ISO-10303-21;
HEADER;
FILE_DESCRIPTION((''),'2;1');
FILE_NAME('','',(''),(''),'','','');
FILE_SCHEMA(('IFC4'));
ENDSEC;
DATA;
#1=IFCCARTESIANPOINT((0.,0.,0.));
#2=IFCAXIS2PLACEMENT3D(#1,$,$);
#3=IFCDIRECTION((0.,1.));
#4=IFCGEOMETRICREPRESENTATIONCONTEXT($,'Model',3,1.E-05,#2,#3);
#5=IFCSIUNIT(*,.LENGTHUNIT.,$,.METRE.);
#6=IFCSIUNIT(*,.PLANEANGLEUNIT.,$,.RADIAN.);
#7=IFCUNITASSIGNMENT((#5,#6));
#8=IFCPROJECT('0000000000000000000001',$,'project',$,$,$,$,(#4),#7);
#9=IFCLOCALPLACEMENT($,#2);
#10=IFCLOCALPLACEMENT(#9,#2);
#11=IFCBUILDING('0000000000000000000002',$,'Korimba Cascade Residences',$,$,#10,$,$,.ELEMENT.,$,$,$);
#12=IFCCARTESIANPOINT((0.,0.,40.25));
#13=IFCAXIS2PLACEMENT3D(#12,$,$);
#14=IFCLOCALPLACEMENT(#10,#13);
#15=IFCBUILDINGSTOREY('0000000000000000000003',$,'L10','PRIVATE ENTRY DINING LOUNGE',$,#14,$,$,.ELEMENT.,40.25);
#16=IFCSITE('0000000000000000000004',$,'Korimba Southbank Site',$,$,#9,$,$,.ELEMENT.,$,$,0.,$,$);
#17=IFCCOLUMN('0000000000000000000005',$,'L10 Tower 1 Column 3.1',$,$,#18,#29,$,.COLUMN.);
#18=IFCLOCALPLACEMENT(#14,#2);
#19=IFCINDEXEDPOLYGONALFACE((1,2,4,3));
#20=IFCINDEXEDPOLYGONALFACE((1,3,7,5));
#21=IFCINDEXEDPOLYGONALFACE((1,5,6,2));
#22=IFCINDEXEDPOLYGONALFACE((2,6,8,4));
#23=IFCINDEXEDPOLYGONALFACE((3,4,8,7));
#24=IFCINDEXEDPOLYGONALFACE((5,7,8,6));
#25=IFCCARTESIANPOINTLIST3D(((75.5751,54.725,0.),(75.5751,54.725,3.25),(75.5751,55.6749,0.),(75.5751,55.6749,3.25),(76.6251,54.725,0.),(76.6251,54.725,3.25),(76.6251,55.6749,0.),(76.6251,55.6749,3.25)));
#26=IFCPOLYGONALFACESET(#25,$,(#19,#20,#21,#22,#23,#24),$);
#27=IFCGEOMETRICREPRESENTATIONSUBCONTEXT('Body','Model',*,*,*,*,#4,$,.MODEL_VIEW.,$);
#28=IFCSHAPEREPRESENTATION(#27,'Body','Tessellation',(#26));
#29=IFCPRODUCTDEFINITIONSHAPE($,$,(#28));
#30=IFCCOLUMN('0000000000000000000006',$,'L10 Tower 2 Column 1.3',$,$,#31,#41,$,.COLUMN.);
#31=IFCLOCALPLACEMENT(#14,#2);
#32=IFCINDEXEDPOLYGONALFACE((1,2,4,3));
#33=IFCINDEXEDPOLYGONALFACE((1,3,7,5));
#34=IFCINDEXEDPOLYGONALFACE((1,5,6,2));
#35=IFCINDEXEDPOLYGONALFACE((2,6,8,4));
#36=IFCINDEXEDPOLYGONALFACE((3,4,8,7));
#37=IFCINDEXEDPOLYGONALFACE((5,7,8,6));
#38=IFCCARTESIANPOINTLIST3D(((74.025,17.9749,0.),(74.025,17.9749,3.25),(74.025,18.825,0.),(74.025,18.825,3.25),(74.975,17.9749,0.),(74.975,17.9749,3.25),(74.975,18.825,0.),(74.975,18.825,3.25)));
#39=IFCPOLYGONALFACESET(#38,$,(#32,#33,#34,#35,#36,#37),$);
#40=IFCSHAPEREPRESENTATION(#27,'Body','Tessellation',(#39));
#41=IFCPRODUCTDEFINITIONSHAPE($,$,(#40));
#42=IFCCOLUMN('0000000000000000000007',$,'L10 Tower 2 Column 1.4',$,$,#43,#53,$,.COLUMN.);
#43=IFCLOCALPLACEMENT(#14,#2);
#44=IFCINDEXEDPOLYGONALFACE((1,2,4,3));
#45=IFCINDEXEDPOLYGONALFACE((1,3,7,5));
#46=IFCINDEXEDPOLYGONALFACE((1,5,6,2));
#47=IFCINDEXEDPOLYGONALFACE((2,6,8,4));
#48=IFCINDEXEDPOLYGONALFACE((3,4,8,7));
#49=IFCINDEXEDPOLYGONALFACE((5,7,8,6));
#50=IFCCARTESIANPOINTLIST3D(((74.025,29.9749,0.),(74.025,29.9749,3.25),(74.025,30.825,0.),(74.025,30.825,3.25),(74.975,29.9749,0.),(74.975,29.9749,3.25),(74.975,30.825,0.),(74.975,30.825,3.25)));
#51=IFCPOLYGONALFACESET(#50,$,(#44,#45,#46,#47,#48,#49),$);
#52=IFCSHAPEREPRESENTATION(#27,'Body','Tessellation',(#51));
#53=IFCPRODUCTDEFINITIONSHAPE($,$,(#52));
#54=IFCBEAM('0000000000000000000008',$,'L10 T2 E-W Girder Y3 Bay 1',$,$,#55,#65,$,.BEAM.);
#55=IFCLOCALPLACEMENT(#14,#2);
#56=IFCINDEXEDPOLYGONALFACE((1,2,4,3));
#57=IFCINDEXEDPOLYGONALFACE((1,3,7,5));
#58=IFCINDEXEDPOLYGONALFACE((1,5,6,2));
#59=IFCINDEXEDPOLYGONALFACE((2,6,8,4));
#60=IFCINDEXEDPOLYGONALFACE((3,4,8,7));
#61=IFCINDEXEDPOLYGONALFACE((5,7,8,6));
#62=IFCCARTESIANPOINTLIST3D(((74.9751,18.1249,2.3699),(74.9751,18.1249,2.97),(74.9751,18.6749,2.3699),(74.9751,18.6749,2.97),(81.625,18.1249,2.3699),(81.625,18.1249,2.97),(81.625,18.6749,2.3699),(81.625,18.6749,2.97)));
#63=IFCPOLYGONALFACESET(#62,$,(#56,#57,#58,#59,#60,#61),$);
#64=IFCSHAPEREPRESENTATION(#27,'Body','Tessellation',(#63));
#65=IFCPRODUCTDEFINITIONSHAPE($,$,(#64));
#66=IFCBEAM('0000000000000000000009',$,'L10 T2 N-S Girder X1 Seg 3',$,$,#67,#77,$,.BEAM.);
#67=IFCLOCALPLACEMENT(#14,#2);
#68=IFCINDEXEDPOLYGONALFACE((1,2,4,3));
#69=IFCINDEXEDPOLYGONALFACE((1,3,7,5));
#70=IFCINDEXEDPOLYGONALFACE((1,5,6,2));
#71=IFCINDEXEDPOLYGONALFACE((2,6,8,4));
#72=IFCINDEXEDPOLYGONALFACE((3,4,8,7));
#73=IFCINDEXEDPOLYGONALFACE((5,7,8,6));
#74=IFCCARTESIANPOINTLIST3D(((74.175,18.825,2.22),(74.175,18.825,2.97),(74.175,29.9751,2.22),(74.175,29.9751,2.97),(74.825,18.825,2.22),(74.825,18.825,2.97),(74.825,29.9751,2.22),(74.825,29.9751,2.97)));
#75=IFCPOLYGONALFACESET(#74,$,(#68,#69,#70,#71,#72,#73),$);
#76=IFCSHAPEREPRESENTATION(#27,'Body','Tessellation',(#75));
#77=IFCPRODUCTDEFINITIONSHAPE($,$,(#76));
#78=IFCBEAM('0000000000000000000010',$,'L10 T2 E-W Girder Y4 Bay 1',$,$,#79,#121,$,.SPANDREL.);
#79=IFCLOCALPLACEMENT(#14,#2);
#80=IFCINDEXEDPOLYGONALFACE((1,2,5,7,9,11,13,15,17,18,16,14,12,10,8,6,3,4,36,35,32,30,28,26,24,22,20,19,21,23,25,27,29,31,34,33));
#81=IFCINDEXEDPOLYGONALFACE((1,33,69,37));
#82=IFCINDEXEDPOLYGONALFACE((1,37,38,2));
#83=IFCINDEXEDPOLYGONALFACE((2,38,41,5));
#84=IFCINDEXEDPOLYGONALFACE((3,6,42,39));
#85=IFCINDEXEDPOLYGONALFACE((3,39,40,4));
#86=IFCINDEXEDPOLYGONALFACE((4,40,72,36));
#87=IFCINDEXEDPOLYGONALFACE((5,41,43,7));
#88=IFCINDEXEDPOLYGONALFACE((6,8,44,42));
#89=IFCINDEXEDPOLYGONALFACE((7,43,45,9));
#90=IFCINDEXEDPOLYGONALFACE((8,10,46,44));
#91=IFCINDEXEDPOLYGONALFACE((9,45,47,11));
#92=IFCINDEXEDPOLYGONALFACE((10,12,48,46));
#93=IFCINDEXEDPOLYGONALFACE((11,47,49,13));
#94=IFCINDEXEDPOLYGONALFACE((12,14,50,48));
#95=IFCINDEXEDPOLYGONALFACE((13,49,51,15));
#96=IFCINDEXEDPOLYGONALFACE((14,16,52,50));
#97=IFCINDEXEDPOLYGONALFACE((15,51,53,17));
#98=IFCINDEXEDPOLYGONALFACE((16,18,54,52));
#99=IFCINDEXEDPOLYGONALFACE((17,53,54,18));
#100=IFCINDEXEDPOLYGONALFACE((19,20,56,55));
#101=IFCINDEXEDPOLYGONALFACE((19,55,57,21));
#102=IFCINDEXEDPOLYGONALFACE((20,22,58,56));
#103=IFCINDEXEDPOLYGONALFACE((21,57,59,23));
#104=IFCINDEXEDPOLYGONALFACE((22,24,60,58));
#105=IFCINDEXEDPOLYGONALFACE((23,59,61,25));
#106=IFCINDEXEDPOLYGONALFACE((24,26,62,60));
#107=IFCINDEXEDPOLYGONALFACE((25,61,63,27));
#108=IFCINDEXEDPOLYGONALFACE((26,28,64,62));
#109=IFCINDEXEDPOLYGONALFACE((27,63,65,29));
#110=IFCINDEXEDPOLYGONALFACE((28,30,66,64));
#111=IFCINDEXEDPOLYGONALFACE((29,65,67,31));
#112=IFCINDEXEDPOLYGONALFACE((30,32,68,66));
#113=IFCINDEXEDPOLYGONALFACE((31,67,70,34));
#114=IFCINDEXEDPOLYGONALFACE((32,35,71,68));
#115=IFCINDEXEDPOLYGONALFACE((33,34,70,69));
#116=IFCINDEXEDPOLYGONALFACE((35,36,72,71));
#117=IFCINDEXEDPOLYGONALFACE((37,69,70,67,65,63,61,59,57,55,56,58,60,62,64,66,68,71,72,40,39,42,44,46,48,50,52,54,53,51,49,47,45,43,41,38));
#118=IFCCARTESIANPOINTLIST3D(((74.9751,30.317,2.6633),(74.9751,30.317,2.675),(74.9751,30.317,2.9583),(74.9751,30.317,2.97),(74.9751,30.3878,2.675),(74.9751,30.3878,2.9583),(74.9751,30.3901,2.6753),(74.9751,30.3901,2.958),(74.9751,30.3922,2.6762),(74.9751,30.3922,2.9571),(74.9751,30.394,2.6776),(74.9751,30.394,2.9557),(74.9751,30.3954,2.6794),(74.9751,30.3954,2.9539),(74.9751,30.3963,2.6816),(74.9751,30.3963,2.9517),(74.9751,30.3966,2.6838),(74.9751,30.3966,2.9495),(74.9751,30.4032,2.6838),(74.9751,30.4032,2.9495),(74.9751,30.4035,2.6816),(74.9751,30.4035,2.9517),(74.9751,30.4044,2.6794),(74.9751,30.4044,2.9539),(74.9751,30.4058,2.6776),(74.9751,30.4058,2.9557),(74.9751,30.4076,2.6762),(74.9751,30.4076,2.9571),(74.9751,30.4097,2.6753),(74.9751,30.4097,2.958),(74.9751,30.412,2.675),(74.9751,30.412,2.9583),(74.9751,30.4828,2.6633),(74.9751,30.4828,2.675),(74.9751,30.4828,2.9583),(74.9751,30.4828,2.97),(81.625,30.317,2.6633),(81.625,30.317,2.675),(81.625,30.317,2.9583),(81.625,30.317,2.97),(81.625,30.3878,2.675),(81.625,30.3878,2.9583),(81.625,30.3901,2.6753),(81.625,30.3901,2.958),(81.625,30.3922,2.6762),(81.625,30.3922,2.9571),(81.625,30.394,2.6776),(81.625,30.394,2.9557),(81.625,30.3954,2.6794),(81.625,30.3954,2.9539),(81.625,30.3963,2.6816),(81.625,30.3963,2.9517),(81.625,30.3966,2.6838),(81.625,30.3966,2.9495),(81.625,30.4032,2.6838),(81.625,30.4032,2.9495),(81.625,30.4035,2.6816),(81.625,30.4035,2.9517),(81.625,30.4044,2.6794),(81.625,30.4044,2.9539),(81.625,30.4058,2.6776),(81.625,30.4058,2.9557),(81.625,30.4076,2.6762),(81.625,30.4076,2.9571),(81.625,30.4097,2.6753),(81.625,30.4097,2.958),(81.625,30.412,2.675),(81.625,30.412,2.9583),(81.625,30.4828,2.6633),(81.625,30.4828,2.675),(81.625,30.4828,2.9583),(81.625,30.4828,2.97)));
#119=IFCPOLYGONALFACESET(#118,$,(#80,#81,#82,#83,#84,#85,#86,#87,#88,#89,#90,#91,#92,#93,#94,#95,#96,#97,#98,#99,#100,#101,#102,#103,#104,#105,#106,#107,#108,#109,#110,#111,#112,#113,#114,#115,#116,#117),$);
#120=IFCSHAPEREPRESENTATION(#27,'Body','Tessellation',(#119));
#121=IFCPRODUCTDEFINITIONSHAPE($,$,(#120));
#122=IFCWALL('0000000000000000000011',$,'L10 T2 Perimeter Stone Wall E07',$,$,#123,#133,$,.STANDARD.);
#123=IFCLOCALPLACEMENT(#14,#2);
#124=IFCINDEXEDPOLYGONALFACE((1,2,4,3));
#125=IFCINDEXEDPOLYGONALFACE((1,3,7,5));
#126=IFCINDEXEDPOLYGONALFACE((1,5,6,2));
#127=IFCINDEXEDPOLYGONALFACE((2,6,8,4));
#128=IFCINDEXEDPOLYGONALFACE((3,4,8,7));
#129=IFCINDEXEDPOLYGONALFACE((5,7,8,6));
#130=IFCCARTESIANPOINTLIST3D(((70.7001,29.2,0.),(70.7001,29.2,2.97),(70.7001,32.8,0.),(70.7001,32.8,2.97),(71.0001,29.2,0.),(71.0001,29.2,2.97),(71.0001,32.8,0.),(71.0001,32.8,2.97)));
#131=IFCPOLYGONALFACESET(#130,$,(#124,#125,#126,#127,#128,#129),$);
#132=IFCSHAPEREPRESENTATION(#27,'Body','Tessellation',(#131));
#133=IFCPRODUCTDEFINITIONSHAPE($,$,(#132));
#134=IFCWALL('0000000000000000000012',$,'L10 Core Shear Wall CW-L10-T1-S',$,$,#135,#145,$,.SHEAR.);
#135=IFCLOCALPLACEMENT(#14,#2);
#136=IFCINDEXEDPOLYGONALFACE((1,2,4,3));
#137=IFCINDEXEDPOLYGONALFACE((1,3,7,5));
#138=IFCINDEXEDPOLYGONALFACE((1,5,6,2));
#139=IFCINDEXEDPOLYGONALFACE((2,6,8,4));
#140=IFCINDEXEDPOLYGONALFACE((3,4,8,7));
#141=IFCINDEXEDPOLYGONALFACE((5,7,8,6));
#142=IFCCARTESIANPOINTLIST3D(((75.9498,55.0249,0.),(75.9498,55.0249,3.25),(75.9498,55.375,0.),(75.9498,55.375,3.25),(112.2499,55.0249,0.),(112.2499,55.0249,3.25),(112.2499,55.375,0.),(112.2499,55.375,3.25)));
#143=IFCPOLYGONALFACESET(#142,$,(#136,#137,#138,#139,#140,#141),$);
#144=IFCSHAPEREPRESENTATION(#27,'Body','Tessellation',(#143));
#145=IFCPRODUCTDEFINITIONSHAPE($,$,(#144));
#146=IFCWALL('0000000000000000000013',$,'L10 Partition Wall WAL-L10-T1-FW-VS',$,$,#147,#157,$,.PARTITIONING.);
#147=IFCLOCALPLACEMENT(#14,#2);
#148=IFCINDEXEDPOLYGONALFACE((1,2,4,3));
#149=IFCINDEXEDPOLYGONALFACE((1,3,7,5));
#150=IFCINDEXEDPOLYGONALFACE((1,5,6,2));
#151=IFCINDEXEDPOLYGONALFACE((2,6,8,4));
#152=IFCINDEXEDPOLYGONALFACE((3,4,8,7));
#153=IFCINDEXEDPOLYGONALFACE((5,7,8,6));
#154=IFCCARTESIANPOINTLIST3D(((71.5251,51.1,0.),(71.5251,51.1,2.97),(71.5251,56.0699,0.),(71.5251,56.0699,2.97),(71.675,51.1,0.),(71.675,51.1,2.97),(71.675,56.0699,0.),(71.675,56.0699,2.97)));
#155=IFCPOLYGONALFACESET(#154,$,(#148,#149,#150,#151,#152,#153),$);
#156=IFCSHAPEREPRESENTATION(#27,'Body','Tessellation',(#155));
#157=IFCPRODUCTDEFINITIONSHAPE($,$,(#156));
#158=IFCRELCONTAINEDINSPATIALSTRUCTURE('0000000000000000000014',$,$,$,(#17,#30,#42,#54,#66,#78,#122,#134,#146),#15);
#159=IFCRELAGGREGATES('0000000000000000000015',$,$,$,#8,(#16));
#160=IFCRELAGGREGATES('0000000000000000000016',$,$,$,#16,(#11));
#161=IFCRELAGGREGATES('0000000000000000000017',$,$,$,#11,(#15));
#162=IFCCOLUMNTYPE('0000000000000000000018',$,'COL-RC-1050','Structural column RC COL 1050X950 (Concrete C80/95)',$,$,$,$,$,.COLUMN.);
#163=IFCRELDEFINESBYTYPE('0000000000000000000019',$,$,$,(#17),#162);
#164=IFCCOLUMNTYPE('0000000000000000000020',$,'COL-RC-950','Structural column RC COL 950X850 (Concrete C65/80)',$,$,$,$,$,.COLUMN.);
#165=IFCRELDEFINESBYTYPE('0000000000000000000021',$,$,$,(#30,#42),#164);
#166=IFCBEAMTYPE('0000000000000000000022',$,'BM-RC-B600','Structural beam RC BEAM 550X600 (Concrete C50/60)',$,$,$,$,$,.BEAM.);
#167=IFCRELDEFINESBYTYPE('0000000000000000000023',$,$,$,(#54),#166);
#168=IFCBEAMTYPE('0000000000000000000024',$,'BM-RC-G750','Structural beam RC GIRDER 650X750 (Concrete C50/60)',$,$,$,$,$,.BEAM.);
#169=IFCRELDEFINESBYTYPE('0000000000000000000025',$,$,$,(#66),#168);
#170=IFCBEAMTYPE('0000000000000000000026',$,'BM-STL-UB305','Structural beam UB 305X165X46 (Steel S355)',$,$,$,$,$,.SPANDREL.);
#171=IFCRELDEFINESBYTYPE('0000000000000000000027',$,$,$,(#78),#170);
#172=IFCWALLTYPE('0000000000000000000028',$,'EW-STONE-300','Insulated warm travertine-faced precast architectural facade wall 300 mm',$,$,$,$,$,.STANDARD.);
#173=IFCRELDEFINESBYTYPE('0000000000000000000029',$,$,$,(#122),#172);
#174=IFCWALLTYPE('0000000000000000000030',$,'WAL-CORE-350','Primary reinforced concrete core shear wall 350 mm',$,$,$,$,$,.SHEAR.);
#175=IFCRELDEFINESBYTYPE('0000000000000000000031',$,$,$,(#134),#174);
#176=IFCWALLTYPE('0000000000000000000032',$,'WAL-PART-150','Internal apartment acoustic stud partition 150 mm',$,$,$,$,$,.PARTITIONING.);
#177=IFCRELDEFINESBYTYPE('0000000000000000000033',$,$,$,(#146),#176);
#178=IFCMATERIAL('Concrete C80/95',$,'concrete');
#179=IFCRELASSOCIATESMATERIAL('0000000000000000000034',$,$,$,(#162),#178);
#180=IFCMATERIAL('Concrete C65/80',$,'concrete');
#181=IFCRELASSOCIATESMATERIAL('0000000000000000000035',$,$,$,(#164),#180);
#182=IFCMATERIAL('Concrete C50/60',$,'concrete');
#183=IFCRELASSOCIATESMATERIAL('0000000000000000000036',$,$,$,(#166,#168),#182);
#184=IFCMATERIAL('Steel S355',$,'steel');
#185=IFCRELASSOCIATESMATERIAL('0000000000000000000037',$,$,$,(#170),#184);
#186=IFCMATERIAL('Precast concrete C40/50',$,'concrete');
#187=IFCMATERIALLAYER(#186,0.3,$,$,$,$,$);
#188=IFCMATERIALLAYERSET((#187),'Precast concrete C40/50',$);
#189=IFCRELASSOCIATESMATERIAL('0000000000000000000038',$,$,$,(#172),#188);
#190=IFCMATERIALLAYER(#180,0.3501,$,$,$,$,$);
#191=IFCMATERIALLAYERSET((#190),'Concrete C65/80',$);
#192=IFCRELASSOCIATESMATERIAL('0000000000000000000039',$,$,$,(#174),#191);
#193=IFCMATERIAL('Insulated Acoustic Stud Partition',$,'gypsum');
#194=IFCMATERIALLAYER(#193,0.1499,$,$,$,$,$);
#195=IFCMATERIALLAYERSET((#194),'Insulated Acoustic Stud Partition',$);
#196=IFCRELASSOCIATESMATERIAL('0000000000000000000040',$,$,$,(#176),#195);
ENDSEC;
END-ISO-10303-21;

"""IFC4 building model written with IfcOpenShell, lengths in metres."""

from ifc_helpers import new_model, si_unit, direction, frame, frame_2d, origin, origin_2d, place, context, subcontext, project, spatial, rectangle, i_section, extrude, material, layer, layer_set, material_profile, profile_set, type_object, element, save


model = new_model("IFC4")

# Units and contexts
model_context = context("Model", 3, precision=1e-05, world=origin(), true_north=direction((0.0, 1.0)))
body_context = subcontext(model_context, "Body", "Model", "MODEL_VIEW")
ifc_project = project(units=[si_unit("LENGTHUNIT", "METRE"), si_unit("PLANEANGLEUNIT", "RADIAN")], contexts=[model_context])

# Site, building, storey
site_placement = place(None, origin())
site = spatial("IfcSite", under=ifc_project, at=site_placement, Name="Korimba Southbank Site", CompositionType="ELEMENT", RefElevation=0.0)
building_placement = place(site_placement, origin())
building = spatial("IfcBuilding", under=site, at=building_placement, Name="Korimba Cascade Residences", CompositionType="ELEMENT")
storey_placement = place(building_placement, frame((0.0, 0.0, 40.25)))
storey = spatial("IfcBuildingStorey", under=building, at=storey_placement, Name="L10", Description="PRIVATE ENTRY DINING LOUNGE", CompositionType="ELEMENT", Elevation=40.25)

# Columns
ifc_material_1 = material(Name="Concrete C80/95", Category="concrete")
ifc_material_profile_1 = material_profile(ifc_material_1, rectangle(XDim=1.05, YDim=0.95, at=origin_2d()), Name="Concrete C80/95")
ifc_profile_set_1 = profile_set([ifc_material_profile_1], Name="Concrete C80/95")
column_type_1 = type_object("IfcColumnType", Name="COL-RC-1050", Description="Structural column RC COL 1050X950 (Concrete C80/95)", PredefinedType="COLUMN", material=ifc_profile_set_1)
column_placement = place(storey_placement, frame((76.1001, 55.2, 0.0), z_axis=(0.0, 0.0, 1.0), x_axis=(1.0, 0.0, 0.0)))
element("IfcColumn", 1, at=column_placement, inside=storey, type_object=column_type_1, Name="L10 Tower 1 Column 3.1", PredefinedType="COLUMN", context=body_context, shape_type="SweptSolid", body=[
    extrude(rectangle(XDim=1.05, YDim=0.95, at=origin_2d()), origin(), (0.0, 0.0, 1.0), 3.25),
])
ifc_material_2 = material(Name="Concrete C65/80", Category="concrete")
ifc_material_profile_2 = material_profile(ifc_material_2, rectangle(XDim=0.95, YDim=0.8501, at=origin_2d()), Name="Concrete C65/80")
ifc_profile_set_2 = profile_set([ifc_material_profile_2], Name="Concrete C65/80")
column_type_2 = type_object("IfcColumnType", Name="COL-RC-950", Description="Structural column RC COL 950X850 (Concrete C65/80)", PredefinedType="COLUMN", material=ifc_profile_set_2)
for number, where, z_axis, x_axis, name in (
    (2, (74.5, 18.3999, 0.0), (0.0, 0.0, 1.0), (1.0, 0.0, 0.0), "L10 Tower 2 Column 1.3"),
    (3, (74.5, 30.3999, 0.0), (0.0, 0.0, 1.0), (1.0, 0.0, 0.0), "L10 Tower 2 Column 1.4"),
):
    element("IfcColumn", number, at=place(storey_placement, frame(where, z_axis=z_axis, x_axis=x_axis)), inside=storey, type_object=column_type_2, Name=name, PredefinedType="COLUMN", context=body_context, shape_type="SweptSolid", body=[
        extrude(rectangle(XDim=0.95, YDim=0.8501, at=origin_2d()), origin(), (0.0, 0.0, 1.0), 3.25),
    ])

# Beams
ifc_material_3 = material(Name="Concrete C50/60", Category="concrete")
ifc_material_profile_3 = material_profile(ifc_material_3, rectangle(XDim=0.55, YDim=0.6001, at=origin_2d()), Name="Concrete C50/60")
ifc_profile_set_3 = profile_set([ifc_material_profile_3], Name="Concrete C50/60")
beam_type_1 = type_object("IfcBeamType", Name="BM-RC-B600", Description="Structural beam RC BEAM 550X600 (Concrete C50/60)", PredefinedType="BEAM", material=ifc_profile_set_3)
beam_1_placement = place(storey_placement, frame((74.9751, 18.3999, 2.6699), z_axis=(1.0, 0.0, 0.0), x_axis=(0.0, 1.0, 0.0)))
element("IfcBeam", 4, at=beam_1_placement, inside=storey, type_object=beam_type_1, Name="L10 T2 E-W Girder Y3 Bay 1", PredefinedType="BEAM", context=body_context, shape_type="SweptSolid", body=[
    extrude(rectangle(XDim=0.55, YDim=0.6001, at=origin_2d()), origin(), (0.0, 0.0, 1.0), 6.6499),
])
ifc_material_profile_4 = material_profile(ifc_material_3, rectangle(XDim=0.6499, YDim=0.75, at=origin_2d()), Name="Concrete C50/60")
ifc_profile_set_4 = profile_set([ifc_material_profile_4], Name="Concrete C50/60")
beam_type_2 = type_object("IfcBeamType", Name="BM-RC-G750", Description="Structural beam RC GIRDER 650X750 (Concrete C50/60)", PredefinedType="BEAM", material=ifc_profile_set_4)
beam_2_placement = place(storey_placement, frame((74.5, 18.825, 2.595), z_axis=(0.0, 1.0, 0.0), x_axis=(-1.0, 0.0, 0.0)))
element("IfcBeam", 5, at=beam_2_placement, inside=storey, type_object=beam_type_2, Name="L10 T2 N-S Girder X1 Seg 3", PredefinedType="BEAM", context=body_context, shape_type="SweptSolid", body=[
    extrude(rectangle(XDim=0.6499, YDim=0.75, at=origin_2d()), origin(), (0.0, 0.0, 1.0), 11.1501),
])
ifc_material_4 = material(Name="Steel S355", Category="steel")
ifc_material_profile_5 = material_profile(ifc_material_4, i_section(OverallWidth=0.1658, OverallDepth=0.3066, WebThickness=0.0066, FlangeThickness=0.0117, FilletRadius=0.0088, at=origin_2d()), Name="Steel S355")
ifc_profile_set_5 = profile_set([ifc_material_profile_5], Name="Steel S355")
beam_type_3 = type_object("IfcBeamType", Name="BM-STL-UB305", Description="Structural beam UB 305X165X46 (Steel S355)", PredefinedType="SPANDREL", material=ifc_profile_set_5)
beam_3_placement = place(storey_placement, frame((74.9751, 30.3999, 2.8167), z_axis=(1.0, 0.0, 0.0), x_axis=(0.0, 1.0, 0.0)))
element("IfcBeam", 6, at=beam_3_placement, inside=storey, type_object=beam_type_3, Name="L10 T2 E-W Girder Y4 Bay 1", PredefinedType="SPANDREL", context=body_context, shape_type="SweptSolid", body=[
    extrude(i_section(OverallWidth=0.1658, OverallDepth=0.3066, WebThickness=0.0066, FlangeThickness=0.0117, FilletRadius=0.0088, at=origin_2d()), origin(), (0.0, 0.0, 1.0), 6.6499),
])

# Walls
ifc_material_5 = material(Name="Precast concrete C40/50", Category="concrete")
ifc_layer_1 = layer(ifc_material_5, 0.3)
ifc_layer_set_1 = layer_set([ifc_layer_1], Name="Precast concrete C40/50")
wall_type_1 = type_object("IfcWallType", Name="EW-STONE-300", Description="Insulated warm travertine-faced precast architectural facade wall 300 mm", PredefinedType="STANDARD", material=ifc_layer_set_1)
wall_1_placement = place(storey_placement, frame((70.8501, 32.8, 0.0), z_axis=(0.0, 0.0, 1.0), x_axis=(0.0, -1.0, 0.0)))
element("IfcWall", 7, at=wall_1_placement, inside=storey, type_object=wall_type_1, Name="L10 T2 Perimeter Stone Wall E07", PredefinedType="STANDARD", context=body_context, shape_type="SweptSolid", body=[
    extrude(rectangle(XDim=3.6001, YDim=0.3, at=frame_2d((1.8, 0.0))), origin(), (0.0, 0.0, 1.0), 2.97),
])
ifc_layer_2 = layer(ifc_material_2, 0.3501)
ifc_layer_set_2 = layer_set([ifc_layer_2], Name="Concrete C65/80")
wall_type_2 = type_object("IfcWallType", Name="WAL-CORE-350", Description="Primary reinforced concrete core shear wall 350 mm", PredefinedType="SHEAR", material=ifc_layer_set_2)
wall_2_placement = place(storey_placement, frame((75.95, 55.2, 0.0), z_axis=(0.0, 0.0, 1.0), x_axis=(1.0, 0.0, 0.0)))
element("IfcWall", 8, at=wall_2_placement, inside=storey, type_object=wall_type_2, Name="L10 Core Shear Wall CW-L10-T1-S", PredefinedType="SHEAR", context=body_context, shape_type="SweptSolid", body=[
    extrude(rectangle(XDim=36.3, YDim=0.3501, at=frame_2d((18.1499, 0.0))), origin(), (0.0, 0.0, 1.0), 3.25),
])
ifc_material_6 = material(Name="Insulated Acoustic Stud Partition", Category="gypsum")
ifc_layer_3 = layer(ifc_material_6, 0.1499)
ifc_layer_set_3 = layer_set([ifc_layer_3], Name="Insulated Acoustic Stud Partition")
wall_type_3 = type_object("IfcWallType", Name="WAL-PART-150", Description="Internal apartment acoustic stud partition 150 mm", PredefinedType="PARTITIONING", material=ifc_layer_set_3)
wall_3_placement = place(storey_placement, frame((71.6001, 51.1001, 0.0), z_axis=(0.0, 0.0, 1.0), x_axis=(0.0, 1.0, 0.0)))
element("IfcWall", 9, at=wall_3_placement, inside=storey, type_object=wall_type_3, Name="L10 Partition Wall WAL-L10-T1-FW-VS", PredefinedType="PARTITIONING", context=body_context, shape_type="SweptSolid", body=[
    extrude(rectangle(XDim=4.97, YDim=0.1499, at=frame_2d((2.4849, 0.0))), origin(), (0.0, 0.0, 1.0), 2.97),
])

save(model, "model.ifc")
